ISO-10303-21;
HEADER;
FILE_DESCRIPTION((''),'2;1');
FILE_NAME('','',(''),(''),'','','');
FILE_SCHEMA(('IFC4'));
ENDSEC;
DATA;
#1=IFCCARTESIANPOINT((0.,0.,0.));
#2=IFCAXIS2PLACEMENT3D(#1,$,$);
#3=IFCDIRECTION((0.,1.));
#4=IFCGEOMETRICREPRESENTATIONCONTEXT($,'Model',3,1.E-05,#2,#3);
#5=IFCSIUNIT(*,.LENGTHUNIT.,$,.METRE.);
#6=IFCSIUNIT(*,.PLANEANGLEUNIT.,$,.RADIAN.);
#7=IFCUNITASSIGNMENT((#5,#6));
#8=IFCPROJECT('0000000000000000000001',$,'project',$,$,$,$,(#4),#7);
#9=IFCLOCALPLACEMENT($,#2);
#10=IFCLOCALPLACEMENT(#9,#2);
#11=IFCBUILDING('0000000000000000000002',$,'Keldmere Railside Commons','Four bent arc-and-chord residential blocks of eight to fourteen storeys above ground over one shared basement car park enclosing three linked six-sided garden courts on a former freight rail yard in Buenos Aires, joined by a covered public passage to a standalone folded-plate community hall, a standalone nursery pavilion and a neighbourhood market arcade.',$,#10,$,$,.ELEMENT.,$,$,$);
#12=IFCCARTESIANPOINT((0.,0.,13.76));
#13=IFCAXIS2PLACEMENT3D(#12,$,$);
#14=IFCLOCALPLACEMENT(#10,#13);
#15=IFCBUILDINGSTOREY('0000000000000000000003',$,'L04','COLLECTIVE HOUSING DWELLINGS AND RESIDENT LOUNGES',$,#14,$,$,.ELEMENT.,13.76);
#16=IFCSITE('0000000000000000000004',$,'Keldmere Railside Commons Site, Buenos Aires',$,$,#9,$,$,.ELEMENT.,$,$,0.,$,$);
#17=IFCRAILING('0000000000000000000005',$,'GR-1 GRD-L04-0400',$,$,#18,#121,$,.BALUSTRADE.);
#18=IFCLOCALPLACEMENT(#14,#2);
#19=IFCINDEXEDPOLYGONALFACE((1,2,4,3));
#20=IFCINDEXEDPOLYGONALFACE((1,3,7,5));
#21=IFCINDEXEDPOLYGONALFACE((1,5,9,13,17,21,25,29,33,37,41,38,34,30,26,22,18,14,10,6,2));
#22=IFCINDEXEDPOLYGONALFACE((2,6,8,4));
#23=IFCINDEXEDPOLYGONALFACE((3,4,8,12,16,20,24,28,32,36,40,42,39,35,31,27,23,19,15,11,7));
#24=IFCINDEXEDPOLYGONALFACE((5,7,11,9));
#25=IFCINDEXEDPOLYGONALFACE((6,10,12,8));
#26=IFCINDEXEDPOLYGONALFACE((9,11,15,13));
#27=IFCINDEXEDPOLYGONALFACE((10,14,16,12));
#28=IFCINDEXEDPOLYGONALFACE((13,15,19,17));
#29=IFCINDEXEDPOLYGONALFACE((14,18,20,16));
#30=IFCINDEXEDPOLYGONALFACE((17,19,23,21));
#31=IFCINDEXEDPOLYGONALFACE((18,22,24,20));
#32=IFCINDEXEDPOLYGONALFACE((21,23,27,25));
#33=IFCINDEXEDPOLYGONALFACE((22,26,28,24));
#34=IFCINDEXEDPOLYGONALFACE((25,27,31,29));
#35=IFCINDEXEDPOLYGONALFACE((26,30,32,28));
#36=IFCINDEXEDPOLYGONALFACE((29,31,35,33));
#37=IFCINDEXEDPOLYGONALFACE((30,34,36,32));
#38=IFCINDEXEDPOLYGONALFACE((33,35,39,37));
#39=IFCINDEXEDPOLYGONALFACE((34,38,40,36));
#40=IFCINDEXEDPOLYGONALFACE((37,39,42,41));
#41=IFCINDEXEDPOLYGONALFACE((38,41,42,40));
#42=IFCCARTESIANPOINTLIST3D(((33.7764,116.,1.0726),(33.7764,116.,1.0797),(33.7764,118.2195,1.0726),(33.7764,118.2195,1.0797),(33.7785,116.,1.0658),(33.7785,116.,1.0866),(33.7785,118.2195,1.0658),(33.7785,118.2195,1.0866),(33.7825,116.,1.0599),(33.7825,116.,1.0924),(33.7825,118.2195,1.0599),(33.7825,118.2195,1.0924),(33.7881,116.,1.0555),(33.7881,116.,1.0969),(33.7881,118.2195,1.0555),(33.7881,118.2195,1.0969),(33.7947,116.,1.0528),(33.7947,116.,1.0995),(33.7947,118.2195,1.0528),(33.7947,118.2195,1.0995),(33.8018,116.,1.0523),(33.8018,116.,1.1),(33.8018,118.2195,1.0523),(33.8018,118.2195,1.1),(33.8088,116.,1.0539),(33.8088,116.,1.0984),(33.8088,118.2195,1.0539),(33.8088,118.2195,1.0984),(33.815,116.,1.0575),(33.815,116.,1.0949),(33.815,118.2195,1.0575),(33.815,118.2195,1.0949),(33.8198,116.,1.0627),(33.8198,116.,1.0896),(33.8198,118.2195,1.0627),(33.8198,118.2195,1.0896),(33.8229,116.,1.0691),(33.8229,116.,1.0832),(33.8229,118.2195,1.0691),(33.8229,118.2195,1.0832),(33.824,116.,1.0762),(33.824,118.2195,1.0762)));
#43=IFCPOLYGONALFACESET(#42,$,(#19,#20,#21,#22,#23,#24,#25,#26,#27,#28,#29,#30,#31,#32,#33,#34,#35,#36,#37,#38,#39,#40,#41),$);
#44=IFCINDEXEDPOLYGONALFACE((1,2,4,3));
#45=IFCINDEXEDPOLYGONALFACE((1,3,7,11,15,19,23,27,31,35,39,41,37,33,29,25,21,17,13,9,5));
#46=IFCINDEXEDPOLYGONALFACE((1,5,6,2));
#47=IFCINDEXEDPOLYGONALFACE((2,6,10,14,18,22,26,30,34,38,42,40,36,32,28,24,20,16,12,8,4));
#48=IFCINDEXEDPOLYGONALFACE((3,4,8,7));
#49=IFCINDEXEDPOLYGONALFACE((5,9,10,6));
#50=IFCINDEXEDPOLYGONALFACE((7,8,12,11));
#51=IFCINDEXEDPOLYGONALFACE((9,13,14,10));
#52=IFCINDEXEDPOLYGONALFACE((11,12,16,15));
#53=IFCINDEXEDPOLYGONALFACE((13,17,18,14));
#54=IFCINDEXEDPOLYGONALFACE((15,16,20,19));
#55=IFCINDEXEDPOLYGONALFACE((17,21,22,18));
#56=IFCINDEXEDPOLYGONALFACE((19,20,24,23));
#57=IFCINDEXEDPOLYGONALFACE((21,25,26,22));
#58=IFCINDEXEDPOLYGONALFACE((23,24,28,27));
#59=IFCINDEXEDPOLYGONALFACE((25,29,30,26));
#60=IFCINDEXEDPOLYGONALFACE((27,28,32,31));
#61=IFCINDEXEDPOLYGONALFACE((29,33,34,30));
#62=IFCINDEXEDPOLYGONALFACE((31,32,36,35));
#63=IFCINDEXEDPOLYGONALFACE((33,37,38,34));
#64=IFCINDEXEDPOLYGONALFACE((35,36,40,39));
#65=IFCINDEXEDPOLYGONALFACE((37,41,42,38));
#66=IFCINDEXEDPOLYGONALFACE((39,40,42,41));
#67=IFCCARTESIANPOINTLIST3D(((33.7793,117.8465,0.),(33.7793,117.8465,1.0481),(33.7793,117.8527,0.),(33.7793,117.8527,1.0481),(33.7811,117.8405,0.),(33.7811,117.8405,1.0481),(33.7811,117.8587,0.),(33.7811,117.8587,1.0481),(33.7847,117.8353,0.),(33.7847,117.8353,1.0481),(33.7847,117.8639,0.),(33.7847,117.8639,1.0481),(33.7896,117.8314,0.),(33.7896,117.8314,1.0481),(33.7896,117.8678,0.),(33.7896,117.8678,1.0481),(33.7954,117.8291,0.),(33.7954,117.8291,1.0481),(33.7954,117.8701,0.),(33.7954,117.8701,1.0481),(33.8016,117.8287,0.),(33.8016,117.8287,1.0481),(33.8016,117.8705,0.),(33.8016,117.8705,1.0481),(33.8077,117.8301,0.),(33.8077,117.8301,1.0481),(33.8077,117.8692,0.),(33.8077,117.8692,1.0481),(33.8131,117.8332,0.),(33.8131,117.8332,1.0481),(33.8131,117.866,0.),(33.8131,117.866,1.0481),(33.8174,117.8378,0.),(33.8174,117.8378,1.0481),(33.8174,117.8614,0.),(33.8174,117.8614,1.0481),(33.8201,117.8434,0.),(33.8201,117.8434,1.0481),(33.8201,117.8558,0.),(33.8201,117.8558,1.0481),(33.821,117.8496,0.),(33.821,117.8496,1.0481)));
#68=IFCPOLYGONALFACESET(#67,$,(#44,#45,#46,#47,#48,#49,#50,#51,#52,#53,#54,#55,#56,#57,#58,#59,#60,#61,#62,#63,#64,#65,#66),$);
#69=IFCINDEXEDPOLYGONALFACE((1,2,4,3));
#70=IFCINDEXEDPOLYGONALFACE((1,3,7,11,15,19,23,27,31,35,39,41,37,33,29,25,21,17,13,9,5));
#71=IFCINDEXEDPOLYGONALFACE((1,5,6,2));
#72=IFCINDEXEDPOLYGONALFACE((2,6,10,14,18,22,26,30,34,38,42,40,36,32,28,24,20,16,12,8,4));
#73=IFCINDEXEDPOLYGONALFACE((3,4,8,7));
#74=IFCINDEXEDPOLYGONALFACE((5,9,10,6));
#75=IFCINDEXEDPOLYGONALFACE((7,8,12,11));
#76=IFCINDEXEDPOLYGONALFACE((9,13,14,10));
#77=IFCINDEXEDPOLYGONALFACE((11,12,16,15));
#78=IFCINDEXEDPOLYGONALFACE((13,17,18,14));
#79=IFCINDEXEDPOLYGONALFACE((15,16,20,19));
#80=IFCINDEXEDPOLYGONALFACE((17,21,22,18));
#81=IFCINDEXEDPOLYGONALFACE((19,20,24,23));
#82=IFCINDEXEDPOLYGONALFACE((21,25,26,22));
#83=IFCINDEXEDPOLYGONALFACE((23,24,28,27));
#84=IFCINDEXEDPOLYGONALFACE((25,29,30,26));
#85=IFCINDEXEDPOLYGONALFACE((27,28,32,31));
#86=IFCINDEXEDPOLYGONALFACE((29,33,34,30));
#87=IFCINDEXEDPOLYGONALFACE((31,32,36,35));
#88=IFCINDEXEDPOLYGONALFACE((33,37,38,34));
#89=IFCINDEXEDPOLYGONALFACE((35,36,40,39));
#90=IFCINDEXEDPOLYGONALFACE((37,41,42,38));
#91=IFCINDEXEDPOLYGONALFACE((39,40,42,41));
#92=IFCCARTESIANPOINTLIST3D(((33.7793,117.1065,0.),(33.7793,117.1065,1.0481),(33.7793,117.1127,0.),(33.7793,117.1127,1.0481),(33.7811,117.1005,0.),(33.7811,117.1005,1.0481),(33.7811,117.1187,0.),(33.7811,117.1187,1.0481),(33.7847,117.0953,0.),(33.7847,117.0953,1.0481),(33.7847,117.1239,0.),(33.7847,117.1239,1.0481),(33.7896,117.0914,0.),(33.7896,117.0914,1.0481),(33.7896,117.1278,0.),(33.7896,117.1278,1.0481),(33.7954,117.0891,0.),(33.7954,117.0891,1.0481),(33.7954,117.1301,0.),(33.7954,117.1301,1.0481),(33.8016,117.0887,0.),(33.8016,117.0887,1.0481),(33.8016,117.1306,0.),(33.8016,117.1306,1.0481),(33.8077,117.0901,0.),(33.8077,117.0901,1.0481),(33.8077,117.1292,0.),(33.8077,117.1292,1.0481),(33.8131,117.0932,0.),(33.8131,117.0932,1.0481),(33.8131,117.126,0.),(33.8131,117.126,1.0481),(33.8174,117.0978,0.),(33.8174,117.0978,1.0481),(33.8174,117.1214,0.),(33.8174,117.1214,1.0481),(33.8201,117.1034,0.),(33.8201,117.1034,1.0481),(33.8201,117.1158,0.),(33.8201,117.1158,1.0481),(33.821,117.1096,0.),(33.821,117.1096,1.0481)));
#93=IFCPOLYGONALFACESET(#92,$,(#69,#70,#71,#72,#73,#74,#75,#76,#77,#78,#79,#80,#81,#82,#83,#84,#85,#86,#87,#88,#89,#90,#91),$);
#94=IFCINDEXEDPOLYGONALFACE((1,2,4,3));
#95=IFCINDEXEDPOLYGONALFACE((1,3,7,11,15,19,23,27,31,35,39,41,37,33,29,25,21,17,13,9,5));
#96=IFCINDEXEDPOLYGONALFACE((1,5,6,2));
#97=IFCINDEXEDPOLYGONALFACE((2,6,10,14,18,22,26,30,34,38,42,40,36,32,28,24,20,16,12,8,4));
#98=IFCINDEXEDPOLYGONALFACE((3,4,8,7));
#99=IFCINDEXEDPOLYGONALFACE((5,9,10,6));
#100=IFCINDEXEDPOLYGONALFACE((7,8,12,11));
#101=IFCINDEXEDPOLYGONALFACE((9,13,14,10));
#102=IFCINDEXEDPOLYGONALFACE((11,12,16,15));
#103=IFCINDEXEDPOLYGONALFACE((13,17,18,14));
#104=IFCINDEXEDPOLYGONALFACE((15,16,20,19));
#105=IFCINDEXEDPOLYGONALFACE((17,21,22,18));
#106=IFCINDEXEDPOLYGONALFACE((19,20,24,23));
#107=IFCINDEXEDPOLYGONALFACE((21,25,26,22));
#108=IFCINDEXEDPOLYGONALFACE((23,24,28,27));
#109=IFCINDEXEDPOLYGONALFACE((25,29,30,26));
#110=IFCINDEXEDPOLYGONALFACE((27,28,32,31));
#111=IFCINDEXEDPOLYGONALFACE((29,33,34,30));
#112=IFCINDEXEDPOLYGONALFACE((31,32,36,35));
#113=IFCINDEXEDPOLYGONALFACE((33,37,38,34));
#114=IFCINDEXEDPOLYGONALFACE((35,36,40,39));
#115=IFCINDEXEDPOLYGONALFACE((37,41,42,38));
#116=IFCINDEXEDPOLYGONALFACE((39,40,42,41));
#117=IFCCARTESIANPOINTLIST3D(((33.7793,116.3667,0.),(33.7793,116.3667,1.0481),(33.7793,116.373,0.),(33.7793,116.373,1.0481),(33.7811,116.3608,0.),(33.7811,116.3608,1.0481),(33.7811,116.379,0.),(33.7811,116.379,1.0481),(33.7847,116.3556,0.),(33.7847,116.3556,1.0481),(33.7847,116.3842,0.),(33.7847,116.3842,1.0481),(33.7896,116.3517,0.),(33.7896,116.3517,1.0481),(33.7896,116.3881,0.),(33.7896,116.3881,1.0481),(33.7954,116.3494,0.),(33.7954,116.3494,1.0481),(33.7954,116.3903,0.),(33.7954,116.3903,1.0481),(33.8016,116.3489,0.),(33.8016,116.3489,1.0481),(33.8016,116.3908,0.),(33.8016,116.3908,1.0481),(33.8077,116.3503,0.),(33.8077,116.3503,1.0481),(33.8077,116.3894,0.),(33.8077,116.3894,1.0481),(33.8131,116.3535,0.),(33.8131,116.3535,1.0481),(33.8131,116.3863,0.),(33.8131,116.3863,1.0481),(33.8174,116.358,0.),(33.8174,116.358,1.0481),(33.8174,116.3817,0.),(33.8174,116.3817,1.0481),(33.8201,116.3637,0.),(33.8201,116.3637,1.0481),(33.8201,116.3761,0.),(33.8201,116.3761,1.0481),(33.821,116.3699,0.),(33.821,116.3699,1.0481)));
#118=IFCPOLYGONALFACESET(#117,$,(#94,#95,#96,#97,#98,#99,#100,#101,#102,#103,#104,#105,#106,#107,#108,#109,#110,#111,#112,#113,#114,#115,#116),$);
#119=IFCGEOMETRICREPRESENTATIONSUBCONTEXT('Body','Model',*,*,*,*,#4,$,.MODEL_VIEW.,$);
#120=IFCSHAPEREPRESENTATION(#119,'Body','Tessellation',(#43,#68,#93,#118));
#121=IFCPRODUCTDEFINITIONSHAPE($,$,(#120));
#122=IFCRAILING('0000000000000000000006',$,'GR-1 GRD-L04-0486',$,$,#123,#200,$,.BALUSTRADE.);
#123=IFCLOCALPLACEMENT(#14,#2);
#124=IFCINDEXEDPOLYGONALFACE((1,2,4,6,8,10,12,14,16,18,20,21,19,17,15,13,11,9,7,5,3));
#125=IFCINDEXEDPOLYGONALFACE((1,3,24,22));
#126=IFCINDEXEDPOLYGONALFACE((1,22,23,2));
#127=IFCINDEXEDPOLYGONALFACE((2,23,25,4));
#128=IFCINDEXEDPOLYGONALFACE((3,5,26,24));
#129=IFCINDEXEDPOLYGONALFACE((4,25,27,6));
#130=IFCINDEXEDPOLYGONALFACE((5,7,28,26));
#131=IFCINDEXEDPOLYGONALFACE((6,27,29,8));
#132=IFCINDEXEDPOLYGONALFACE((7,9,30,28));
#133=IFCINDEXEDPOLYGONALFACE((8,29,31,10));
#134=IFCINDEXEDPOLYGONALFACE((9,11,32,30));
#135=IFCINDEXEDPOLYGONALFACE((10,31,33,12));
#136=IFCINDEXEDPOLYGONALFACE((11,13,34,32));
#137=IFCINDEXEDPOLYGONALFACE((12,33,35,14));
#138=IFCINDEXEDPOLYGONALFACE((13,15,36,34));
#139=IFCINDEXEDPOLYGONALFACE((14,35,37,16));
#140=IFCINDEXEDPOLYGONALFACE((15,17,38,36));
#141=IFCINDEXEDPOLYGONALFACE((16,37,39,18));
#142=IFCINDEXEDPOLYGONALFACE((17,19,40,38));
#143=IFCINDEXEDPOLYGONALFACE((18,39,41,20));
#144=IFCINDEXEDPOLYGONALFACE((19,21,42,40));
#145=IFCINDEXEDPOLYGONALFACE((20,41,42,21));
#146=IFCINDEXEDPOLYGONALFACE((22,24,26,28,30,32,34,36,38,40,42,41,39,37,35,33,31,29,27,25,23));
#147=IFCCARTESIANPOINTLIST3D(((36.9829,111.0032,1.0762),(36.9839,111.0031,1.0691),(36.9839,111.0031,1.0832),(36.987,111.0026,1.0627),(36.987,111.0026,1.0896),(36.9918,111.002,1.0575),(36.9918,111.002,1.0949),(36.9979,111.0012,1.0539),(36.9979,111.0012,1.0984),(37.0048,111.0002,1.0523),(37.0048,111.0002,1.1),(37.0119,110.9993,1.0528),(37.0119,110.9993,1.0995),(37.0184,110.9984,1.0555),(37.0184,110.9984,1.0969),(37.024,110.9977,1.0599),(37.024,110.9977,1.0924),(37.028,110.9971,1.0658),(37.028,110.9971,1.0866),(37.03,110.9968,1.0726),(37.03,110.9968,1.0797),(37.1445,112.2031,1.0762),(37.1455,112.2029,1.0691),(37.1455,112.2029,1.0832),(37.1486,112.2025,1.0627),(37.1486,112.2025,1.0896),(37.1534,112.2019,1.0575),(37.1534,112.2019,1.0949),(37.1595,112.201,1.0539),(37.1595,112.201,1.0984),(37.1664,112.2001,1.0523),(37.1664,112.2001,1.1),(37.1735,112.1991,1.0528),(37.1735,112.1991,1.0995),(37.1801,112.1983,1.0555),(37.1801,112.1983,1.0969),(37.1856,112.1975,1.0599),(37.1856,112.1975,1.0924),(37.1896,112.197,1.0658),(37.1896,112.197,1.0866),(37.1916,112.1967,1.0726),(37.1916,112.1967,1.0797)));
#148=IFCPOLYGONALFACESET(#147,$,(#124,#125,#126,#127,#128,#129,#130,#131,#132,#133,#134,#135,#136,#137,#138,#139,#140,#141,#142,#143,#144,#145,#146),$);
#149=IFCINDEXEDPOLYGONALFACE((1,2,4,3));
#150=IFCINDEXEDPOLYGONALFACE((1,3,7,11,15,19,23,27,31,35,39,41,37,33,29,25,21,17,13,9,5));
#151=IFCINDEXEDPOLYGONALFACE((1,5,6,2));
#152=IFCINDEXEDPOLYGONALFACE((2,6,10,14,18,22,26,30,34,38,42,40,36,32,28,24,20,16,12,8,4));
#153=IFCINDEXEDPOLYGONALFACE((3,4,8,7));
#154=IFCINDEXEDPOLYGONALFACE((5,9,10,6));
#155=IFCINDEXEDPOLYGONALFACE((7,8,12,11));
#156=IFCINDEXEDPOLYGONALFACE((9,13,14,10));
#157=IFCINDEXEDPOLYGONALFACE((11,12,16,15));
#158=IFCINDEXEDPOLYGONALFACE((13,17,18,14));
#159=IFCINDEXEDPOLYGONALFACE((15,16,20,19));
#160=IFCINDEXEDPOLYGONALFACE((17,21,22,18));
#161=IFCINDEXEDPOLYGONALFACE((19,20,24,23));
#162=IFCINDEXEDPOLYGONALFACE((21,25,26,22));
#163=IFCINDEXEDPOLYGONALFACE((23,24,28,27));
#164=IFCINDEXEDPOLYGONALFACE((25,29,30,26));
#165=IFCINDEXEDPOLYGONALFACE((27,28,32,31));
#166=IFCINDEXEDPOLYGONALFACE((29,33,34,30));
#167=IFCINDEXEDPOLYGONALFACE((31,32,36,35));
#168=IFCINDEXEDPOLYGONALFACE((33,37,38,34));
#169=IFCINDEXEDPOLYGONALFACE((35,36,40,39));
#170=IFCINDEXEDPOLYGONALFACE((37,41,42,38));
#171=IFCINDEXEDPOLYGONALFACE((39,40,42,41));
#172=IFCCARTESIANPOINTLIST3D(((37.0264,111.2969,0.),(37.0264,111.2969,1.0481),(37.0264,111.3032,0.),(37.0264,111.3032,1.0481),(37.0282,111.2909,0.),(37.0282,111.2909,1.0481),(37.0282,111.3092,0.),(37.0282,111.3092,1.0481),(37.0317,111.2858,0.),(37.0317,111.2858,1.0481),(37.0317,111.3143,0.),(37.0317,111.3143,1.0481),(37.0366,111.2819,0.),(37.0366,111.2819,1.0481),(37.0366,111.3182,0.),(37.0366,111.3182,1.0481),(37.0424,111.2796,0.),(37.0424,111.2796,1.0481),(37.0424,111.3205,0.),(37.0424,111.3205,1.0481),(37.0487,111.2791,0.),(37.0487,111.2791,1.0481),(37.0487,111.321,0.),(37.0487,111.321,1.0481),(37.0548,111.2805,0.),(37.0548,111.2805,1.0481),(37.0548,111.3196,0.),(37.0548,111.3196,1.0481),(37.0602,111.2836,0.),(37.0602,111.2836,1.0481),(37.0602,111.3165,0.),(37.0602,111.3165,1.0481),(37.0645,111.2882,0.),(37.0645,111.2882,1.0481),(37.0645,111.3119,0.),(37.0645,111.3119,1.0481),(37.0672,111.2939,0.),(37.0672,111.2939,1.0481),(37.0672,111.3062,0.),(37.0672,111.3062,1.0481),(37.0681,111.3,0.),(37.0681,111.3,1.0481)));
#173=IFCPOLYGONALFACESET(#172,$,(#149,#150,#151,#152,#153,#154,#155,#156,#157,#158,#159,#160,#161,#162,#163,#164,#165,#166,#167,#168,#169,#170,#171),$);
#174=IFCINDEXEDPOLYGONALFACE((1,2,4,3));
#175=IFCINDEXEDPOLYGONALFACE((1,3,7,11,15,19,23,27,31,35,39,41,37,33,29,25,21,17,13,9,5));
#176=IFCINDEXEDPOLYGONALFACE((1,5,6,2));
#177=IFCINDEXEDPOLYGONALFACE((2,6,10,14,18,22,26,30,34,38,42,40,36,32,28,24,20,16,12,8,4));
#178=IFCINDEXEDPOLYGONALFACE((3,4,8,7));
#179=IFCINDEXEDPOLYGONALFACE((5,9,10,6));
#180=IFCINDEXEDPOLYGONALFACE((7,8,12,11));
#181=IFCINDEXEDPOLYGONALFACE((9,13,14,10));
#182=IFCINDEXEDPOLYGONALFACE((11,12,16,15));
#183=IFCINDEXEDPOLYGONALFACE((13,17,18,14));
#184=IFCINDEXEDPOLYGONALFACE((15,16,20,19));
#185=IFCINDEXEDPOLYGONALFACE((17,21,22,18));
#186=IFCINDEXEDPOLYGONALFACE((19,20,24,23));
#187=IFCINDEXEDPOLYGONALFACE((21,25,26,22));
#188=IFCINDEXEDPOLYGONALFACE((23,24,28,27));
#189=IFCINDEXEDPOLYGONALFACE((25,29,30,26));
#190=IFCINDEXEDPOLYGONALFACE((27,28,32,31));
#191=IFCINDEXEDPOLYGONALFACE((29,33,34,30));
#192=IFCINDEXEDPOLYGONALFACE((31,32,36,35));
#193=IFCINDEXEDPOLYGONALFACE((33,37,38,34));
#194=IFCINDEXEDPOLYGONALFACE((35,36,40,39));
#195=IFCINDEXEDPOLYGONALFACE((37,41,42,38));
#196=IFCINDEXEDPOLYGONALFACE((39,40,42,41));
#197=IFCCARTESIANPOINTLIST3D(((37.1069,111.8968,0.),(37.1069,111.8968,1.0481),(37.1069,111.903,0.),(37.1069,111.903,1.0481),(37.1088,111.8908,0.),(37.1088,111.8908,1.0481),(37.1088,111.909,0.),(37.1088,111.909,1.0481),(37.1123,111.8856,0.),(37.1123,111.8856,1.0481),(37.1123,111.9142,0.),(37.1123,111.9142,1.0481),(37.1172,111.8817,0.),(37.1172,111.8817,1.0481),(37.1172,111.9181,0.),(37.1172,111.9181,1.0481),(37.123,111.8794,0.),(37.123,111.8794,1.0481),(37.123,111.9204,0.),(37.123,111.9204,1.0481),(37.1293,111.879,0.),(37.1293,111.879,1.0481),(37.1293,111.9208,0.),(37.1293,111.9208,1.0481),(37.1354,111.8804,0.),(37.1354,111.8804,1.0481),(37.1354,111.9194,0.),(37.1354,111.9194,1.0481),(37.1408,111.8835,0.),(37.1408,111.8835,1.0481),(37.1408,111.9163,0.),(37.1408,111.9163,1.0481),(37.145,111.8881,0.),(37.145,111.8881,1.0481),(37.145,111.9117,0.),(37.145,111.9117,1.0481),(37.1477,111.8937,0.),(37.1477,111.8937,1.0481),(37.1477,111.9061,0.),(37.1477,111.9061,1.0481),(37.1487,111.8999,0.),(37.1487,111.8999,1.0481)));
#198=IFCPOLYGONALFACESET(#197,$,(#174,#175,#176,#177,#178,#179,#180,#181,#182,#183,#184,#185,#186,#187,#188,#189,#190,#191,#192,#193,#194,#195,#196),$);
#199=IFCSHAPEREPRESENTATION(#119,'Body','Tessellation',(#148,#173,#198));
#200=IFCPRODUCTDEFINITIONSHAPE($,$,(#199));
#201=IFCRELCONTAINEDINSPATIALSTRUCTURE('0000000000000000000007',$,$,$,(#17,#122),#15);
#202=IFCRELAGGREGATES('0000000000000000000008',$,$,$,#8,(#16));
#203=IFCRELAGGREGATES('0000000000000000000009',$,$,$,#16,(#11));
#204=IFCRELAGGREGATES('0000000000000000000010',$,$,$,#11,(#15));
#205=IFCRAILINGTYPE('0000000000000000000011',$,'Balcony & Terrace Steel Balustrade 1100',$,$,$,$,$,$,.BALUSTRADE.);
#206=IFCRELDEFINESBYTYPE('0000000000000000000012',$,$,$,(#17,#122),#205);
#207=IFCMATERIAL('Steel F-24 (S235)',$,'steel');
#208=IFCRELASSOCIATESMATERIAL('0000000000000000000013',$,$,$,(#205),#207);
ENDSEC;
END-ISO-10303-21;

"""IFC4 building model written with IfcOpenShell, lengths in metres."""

from ifc_helpers import new_model, si_unit, direction, frame, origin, origin_2d, place, context, subcontext, project, spatial, circle, extrude, material, type_object, element, save


model = new_model("IFC4")

# Units and contexts
model_context = context("Model", 3, precision=1e-05, world=origin(), true_north=direction((0.0, 1.0)))
body_context = subcontext(model_context, "Body", "Model", "MODEL_VIEW")
ifc_project = project(units=[si_unit("LENGTHUNIT", "METRE"), si_unit("PLANEANGLEUNIT", "RADIAN")], contexts=[model_context])

# Site, building, storey
site_placement = place(None, origin())
site = spatial("IfcSite", under=ifc_project, at=site_placement, Name="Keldmere Railside Commons Site, Buenos Aires", CompositionType="ELEMENT", RefElevation=0.0)
building_placement = place(site_placement, origin())
building = spatial("IfcBuilding", under=site, at=building_placement, Name="Keldmere Railside Commons", Description="Four bent arc-and-chord residential blocks of eight to fourteen storeys above ground over one shared basement car park enclosing three linked six-sided garden courts on a former freight rail yard in Buenos Aires, joined by a covered public passage to a standalone folded-plate community hall, a standalone nursery pavilion and a neighbourhood market arcade.", CompositionType="ELEMENT")
storey_placement = place(building_placement, frame((0.0, 0.0, 13.76)))
storey = spatial("IfcBuildingStorey", under=building, at=storey_placement, Name="L04", Description="COLLECTIVE HOUSING DWELLINGS AND RESIDENT LOUNGES", CompositionType="ELEMENT", Elevation=13.76)

# Railings
ifc_material_1 = material(Name="Steel F-24 (S235)", Category="steel")
railing_type = type_object("IfcRailingType", Name="Balcony & Terrace Steel Balustrade 1100", PredefinedType="BALUSTRADE", material=ifc_material_1)
railing_1_placement = place(storey_placement, frame((33.8, 118.2195, 0.0)))
element("IfcRailing", 1, at=railing_1_placement, inside=storey, type_object=railing_type, Name="GR-1 GRD-L04-0400", PredefinedType="BALUSTRADE", context=body_context, shape_type="SweptSolid", body=[
    extrude(circle(Radius=0.0239, at=origin_2d()), frame((0.0, 0.0, 1.0762), z_axis=(0.0, -1.0, 0.0), x_axis=(1.0, 0.0, 0.0)), (0.0, 0.0, 1.0), 2.2195),
    extrude(circle(Radius=0.021, at=origin_2d()), frame((0.0, -0.3699, 0.0)), (0.0, 0.0, 1.0), 1.0481),
    extrude(circle(Radius=0.021, at=origin_2d()), frame((0.0, -1.1099, 0.0)), (0.0, 0.0, 1.0), 1.0481),
    extrude(circle(Radius=0.021, at=origin_2d()), frame((0.0, -1.8496, 0.0)), (0.0, 0.0, 1.0), 1.0481),
])
railing_2_placement = place(storey_placement, frame((37.0066, 111.0, 0.0)))
element("IfcRailing", 2, at=railing_2_placement, inside=storey, type_object=railing_type, Name="GR-1 GRD-L04-0486", PredefinedType="BALUSTRADE", context=body_context, shape_type="SweptSolid", body=[
    extrude(circle(Radius=0.0239, at=origin_2d()), frame((0.0, 0.0, 1.0762), z_axis=(0.133484, 0.991051, 0.0), x_axis=(-0.991051, 0.133484, 0.0)), (0.0, 0.0, 1.0), 1.2107),
    extrude(circle(Radius=0.021, at=origin_2d()), frame((0.0405, 0.3, 0.0)), (0.0, 0.0, 1.0), 1.0481),
    extrude(circle(Radius=0.021, at=origin_2d()), frame((0.1211, 0.8999, 0.0)), (0.0, 0.0, 1.0), 1.0481),
])

save(model, "model.ifc")
